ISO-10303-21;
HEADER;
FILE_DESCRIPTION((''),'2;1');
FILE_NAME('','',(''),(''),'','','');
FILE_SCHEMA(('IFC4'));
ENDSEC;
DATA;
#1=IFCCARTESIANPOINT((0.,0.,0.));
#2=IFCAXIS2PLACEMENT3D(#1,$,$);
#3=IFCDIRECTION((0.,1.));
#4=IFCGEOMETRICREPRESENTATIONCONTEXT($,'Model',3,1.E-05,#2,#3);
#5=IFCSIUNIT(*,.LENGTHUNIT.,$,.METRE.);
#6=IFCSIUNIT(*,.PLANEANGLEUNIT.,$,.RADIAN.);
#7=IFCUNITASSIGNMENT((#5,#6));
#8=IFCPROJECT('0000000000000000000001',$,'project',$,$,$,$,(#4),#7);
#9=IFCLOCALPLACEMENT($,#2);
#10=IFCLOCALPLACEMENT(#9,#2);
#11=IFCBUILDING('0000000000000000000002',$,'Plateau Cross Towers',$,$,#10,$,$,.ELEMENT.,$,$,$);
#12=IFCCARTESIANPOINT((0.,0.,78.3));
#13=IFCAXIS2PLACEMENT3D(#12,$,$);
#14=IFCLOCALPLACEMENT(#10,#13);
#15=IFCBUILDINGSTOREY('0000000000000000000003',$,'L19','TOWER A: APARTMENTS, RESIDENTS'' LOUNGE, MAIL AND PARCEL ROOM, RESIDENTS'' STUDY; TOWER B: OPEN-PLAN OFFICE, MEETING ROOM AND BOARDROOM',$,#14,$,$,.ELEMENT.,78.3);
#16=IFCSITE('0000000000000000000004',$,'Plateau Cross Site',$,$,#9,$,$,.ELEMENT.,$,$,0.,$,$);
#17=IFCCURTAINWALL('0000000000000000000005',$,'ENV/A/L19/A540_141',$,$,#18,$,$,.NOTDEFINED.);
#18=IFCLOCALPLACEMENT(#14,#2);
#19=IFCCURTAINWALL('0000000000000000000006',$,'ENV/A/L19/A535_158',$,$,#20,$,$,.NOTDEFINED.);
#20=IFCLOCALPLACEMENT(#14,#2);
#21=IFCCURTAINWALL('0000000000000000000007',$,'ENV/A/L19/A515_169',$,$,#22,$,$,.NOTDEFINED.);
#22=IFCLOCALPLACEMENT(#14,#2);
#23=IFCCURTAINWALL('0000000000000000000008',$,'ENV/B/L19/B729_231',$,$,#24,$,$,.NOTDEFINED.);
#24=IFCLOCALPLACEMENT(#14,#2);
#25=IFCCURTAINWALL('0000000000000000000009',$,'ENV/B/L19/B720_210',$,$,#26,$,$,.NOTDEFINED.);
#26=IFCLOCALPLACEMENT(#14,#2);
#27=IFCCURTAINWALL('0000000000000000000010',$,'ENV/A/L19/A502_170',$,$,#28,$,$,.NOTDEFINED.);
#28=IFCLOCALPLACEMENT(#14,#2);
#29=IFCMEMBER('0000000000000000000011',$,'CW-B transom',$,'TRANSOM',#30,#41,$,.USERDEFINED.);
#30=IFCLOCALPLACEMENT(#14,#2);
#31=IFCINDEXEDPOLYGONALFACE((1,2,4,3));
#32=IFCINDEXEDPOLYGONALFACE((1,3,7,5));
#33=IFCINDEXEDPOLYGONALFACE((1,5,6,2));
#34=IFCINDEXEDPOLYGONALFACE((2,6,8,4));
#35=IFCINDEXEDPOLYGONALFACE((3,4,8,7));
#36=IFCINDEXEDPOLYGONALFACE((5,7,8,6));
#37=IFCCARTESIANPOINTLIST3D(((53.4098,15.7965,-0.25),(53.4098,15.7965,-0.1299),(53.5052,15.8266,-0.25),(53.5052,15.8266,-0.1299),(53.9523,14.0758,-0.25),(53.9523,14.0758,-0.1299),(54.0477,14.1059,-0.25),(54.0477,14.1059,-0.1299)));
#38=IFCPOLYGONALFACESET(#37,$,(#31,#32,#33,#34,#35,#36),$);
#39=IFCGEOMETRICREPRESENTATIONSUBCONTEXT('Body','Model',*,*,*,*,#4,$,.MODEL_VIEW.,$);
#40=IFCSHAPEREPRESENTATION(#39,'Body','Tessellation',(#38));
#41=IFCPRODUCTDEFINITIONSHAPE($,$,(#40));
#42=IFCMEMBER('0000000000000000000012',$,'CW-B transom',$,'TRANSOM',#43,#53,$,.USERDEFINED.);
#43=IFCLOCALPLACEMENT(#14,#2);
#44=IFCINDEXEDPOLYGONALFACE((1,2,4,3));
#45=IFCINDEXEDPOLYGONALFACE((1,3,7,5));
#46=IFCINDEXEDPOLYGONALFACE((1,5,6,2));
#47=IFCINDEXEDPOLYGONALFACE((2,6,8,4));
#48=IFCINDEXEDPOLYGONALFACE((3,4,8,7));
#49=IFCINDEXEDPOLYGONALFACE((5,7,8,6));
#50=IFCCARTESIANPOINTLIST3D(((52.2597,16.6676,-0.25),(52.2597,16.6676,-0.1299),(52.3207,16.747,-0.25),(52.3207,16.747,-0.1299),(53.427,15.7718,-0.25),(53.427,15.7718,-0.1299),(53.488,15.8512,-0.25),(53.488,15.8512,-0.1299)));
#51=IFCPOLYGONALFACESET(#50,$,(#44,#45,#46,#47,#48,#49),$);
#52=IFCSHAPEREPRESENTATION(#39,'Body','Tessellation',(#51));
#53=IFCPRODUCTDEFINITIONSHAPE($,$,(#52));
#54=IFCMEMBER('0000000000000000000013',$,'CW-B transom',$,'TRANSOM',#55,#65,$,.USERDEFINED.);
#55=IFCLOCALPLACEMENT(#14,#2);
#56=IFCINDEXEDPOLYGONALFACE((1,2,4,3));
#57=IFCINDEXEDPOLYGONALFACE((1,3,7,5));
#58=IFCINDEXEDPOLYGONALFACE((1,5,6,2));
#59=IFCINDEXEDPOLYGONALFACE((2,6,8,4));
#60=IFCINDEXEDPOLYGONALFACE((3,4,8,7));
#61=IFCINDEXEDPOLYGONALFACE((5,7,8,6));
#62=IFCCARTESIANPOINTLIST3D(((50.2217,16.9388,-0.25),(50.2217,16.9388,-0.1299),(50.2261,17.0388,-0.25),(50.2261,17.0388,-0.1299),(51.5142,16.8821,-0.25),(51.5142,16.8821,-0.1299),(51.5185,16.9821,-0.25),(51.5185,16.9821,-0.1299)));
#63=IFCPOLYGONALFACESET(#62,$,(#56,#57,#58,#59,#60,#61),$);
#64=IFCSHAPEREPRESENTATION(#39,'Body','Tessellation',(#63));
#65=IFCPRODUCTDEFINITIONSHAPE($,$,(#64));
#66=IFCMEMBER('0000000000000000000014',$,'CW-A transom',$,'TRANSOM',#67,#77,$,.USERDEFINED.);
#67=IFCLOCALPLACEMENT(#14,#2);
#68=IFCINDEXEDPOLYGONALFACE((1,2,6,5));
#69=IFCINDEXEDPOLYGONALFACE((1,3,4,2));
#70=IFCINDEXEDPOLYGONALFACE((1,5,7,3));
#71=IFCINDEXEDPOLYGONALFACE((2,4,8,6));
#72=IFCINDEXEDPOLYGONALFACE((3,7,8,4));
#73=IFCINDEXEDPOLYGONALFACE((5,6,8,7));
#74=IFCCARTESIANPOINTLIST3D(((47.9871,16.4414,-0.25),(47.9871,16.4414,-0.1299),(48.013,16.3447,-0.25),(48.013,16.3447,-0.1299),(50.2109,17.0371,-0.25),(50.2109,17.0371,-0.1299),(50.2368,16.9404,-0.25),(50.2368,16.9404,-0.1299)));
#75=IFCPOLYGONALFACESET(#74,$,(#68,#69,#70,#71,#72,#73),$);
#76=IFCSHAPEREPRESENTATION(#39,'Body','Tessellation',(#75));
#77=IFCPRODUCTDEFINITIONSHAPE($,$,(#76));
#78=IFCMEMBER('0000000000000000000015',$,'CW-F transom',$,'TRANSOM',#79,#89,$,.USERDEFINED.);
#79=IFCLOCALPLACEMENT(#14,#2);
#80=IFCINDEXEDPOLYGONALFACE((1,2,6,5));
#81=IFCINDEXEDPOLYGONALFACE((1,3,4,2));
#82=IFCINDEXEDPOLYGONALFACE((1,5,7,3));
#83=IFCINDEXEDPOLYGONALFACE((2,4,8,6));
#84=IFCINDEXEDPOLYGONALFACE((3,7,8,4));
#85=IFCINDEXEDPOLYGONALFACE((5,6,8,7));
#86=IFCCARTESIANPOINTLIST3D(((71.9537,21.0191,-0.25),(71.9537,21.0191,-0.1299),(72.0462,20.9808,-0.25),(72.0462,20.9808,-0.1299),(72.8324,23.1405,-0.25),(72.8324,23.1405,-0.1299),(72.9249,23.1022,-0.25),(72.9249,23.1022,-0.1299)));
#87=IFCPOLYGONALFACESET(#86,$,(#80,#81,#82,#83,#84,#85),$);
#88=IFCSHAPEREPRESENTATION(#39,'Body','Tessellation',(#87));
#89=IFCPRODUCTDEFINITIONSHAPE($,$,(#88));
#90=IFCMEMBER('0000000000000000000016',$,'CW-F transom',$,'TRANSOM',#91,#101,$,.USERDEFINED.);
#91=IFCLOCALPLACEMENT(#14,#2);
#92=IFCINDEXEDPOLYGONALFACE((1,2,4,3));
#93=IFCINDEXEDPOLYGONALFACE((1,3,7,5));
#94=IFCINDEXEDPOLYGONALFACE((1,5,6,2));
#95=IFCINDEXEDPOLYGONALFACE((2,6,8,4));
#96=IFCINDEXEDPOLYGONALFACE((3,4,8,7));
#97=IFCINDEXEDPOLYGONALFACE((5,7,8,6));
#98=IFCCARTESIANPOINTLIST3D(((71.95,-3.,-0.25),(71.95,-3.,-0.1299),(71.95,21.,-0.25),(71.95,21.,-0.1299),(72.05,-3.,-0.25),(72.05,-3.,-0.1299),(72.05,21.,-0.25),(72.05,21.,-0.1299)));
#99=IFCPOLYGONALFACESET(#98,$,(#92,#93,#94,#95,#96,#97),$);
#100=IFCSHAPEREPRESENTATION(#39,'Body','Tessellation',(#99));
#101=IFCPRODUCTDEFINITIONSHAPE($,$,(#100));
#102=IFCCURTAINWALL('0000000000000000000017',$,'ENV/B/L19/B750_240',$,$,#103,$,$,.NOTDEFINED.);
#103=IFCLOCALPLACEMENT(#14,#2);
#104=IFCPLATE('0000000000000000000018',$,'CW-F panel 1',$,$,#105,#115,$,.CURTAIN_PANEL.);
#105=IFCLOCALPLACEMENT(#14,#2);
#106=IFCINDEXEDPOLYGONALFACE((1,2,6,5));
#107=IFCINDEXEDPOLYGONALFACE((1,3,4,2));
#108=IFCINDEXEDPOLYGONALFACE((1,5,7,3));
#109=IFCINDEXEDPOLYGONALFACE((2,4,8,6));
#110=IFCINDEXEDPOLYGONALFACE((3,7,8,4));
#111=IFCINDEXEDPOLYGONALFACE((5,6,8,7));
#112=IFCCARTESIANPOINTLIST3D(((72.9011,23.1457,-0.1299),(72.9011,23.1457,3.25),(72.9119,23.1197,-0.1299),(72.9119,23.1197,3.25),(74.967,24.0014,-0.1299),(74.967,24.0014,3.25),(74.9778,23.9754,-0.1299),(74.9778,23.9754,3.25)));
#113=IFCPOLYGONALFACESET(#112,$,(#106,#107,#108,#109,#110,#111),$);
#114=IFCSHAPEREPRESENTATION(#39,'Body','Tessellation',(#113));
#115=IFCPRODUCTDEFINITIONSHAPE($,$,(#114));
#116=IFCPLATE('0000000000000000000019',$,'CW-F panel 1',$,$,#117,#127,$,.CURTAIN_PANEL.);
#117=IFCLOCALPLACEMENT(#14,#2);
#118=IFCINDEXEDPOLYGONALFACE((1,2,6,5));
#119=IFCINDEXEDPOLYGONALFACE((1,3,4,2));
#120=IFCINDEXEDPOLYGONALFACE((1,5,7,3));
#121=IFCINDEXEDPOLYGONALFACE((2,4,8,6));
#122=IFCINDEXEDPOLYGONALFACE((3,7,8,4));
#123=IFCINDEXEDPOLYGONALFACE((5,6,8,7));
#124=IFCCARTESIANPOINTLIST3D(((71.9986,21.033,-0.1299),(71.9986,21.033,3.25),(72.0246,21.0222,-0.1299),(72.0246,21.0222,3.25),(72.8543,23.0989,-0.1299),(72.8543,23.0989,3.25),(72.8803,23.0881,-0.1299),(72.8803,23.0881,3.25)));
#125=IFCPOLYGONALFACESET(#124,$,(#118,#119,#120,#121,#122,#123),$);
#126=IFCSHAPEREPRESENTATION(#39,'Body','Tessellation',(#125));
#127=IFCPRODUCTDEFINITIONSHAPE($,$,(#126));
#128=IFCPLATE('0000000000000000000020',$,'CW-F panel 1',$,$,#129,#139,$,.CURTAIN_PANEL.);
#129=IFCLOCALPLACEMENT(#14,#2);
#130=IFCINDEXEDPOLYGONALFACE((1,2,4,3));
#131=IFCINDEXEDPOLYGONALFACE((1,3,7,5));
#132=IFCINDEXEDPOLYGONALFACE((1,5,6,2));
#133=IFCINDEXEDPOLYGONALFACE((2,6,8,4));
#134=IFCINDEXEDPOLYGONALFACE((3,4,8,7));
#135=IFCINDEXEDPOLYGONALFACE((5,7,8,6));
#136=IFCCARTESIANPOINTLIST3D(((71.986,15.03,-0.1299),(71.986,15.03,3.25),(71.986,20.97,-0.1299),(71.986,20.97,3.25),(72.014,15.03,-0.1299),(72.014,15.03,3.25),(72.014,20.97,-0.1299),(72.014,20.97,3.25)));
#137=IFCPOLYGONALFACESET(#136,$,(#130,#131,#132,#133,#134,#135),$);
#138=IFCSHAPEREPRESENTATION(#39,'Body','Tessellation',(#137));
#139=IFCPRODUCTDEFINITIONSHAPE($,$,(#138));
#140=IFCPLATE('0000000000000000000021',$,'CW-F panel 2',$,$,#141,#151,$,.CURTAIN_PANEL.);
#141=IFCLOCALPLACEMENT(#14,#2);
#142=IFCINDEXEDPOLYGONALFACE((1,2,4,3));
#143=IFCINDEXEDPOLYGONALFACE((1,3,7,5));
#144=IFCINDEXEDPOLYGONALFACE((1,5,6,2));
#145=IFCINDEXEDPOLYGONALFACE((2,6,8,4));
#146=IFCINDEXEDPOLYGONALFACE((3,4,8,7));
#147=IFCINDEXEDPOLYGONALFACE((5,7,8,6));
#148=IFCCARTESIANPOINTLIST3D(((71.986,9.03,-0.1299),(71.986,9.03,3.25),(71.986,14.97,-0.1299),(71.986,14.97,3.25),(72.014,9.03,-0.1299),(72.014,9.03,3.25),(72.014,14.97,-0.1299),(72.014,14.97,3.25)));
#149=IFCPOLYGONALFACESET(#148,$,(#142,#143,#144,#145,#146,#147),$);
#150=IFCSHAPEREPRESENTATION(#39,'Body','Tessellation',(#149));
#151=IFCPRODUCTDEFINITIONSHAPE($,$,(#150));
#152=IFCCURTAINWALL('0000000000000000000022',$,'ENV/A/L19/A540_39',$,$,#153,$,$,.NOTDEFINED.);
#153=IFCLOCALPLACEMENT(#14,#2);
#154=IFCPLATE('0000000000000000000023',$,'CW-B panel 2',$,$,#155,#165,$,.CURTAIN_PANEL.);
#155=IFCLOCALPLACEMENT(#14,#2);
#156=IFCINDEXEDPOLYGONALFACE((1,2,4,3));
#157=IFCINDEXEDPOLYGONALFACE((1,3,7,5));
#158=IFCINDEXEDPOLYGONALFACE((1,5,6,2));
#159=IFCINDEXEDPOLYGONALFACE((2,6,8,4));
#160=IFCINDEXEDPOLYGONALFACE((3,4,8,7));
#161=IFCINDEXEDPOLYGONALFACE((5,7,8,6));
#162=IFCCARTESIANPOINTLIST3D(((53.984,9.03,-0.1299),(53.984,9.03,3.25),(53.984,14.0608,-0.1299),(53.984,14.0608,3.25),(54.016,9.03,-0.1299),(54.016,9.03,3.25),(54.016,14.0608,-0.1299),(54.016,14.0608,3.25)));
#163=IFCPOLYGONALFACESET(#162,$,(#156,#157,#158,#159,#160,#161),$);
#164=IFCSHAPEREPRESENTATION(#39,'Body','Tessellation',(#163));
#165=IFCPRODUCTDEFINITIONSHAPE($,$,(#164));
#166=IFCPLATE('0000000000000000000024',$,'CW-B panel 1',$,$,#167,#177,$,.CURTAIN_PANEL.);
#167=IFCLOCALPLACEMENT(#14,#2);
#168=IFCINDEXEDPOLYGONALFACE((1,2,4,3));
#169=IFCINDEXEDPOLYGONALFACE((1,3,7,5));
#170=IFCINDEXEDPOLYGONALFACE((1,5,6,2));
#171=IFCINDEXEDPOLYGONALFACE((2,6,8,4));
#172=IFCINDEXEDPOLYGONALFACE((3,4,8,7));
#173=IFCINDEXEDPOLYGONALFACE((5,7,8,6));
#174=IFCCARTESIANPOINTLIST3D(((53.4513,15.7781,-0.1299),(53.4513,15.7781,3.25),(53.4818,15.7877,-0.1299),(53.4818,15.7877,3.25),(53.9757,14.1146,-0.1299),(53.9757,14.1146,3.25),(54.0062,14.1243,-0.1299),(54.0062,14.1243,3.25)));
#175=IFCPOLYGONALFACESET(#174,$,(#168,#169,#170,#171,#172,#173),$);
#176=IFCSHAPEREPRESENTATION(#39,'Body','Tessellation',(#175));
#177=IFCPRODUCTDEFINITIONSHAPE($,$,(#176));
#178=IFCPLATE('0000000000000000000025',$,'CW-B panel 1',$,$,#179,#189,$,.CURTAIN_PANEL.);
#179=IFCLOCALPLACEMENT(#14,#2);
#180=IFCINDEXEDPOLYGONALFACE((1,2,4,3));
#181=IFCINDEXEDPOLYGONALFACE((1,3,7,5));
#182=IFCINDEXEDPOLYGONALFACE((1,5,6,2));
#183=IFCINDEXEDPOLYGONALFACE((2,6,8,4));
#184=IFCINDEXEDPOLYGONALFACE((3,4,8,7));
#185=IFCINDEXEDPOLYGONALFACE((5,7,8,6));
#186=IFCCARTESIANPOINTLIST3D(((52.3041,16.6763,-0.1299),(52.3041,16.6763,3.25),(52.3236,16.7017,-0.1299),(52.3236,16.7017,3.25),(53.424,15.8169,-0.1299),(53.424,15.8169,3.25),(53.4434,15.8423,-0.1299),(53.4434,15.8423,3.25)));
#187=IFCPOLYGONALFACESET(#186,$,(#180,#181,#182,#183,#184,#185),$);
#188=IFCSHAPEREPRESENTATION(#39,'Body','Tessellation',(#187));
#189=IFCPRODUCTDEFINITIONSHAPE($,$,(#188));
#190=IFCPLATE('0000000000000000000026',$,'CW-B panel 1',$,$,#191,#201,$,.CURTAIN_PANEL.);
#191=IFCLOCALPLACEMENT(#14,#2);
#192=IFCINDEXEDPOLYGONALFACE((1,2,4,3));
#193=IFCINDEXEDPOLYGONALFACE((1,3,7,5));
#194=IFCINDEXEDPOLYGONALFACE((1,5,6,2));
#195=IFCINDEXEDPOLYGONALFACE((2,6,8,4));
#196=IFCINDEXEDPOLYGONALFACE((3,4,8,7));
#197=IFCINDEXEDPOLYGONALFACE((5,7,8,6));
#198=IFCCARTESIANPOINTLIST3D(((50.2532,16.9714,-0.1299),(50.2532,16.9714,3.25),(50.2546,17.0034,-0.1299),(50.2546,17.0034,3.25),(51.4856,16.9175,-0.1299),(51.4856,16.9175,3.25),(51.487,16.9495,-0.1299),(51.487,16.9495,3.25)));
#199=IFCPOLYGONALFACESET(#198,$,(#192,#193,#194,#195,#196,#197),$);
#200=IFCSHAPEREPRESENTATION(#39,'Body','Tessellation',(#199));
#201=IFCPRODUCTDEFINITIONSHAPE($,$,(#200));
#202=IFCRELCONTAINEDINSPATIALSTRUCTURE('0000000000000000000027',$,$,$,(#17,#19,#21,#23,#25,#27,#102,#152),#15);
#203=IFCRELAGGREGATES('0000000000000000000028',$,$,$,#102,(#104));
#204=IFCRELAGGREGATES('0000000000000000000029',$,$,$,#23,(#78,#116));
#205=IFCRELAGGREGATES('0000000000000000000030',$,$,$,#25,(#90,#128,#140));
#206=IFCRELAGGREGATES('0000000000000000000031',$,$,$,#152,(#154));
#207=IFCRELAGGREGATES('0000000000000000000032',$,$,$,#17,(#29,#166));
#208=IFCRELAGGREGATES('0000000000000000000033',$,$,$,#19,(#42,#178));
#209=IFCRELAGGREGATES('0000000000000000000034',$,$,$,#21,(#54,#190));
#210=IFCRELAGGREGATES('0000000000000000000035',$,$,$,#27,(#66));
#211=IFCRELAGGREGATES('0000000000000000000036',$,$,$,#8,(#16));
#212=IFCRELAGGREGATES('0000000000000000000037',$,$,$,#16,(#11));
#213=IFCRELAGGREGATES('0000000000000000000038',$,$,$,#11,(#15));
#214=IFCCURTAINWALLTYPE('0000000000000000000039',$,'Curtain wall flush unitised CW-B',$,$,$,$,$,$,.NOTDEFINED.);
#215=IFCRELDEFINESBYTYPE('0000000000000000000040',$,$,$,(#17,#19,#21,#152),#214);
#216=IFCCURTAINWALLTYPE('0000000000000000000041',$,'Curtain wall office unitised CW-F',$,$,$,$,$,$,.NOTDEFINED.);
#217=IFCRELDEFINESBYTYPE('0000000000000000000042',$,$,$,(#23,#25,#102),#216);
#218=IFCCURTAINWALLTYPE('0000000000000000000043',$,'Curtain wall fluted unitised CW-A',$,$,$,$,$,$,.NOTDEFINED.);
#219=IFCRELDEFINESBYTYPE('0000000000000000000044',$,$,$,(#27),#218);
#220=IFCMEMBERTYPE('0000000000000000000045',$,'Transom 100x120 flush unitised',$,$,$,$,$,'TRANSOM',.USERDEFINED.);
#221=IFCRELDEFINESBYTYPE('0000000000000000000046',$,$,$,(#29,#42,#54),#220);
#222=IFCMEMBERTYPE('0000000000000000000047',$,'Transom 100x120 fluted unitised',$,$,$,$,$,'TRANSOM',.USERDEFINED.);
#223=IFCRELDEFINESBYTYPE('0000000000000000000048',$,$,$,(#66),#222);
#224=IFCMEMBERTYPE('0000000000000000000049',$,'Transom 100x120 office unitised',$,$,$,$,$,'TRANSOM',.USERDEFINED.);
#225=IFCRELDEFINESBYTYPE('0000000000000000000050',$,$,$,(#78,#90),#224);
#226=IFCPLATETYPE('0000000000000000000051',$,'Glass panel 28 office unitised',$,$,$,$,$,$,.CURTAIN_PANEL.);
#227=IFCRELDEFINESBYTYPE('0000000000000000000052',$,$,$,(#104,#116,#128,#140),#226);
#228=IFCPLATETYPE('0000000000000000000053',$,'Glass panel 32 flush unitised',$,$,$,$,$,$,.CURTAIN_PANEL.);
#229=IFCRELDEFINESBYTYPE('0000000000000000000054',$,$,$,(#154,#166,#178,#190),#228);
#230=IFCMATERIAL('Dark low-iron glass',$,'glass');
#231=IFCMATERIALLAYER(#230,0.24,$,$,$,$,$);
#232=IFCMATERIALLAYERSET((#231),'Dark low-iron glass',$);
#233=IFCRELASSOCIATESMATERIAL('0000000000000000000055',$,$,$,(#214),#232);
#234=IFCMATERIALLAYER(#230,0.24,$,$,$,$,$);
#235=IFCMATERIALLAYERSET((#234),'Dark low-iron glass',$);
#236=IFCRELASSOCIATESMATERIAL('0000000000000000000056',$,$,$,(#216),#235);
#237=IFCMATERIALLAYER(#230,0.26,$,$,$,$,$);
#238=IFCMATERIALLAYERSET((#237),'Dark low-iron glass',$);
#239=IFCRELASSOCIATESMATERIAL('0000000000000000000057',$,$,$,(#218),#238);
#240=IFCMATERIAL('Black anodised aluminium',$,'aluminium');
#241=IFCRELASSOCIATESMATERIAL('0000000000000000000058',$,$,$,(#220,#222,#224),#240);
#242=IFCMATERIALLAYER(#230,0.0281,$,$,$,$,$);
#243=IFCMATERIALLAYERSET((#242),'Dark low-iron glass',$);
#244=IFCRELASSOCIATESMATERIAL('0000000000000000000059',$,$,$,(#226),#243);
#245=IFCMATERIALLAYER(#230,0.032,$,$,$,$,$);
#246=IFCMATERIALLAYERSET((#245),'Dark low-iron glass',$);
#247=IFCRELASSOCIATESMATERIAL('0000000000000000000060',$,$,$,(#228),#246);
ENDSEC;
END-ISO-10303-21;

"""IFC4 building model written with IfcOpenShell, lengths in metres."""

from ifc_helpers import new_model, si_unit, direction, frame, origin, origin_2d, place, context, subcontext, project, spatial, rectangle, extrude, material, layer, layer_set, material_profile, profile_set, type_object, element, aggregate, save


model = new_model("IFC4")

# Units and contexts
model_context = context("Model", 3, precision=1e-05, world=origin(), true_north=direction((0.0, 1.0)))
body_context = subcontext(model_context, "Body", "Model", "MODEL_VIEW")
ifc_project = project(units=[si_unit("LENGTHUNIT", "METRE"), si_unit("PLANEANGLEUNIT", "RADIAN")], contexts=[model_context])

# Site, building, storey
site_placement = place(None, origin())
site = spatial("IfcSite", under=ifc_project, at=site_placement, Name="Plateau Cross Site", CompositionType="ELEMENT", RefElevation=0.0)
building_placement = place(site_placement, origin())
building = spatial("IfcBuilding", under=site, at=building_placement, Name="Plateau Cross Towers", CompositionType="ELEMENT")
storey_placement = place(building_placement, frame((0.0, 0.0, 78.3)))
storey = spatial("IfcBuildingStorey", under=building, at=storey_placement, Name="L19", Description="TOWER A: APARTMENTS, RESIDENTS' LOUNGE, MAIL AND PARCEL ROOM, RESIDENTS' STUDY; TOWER B: OPEN-PLAN OFFICE, MEETING ROOM AND BOARDROOM", CompositionType="ELEMENT", Elevation=78.3)

# Curtain wall
ifc_material_1 = material(Name="Dark low-iron glass", Category="glass")
ifc_layer_1 = layer(ifc_material_1, 0.24)
ifc_layer_set_1 = layer_set([ifc_layer_1], Name="Dark low-iron glass")
curtain_wall_type_1 = type_object("IfcCurtainWallType", Name="Curtain wall flush unitised CW-B", PredefinedType="NOTDEFINED", material=ifc_layer_set_1)
curtain_wall_1_placement = place(storey_placement, origin())
curtain_wall_1 = element("IfcCurtainWall", 1, at=curtain_wall_1_placement, inside=storey, type_object=curtain_wall_type_1, Name="ENV/A/L19/A540_141", PredefinedType="NOTDEFINED")
ifc_material_2 = material(Name="Black anodised aluminium", Category="aluminium")

# Curtain wall
curtain_wall_2_placement = place(storey_placement, origin())
curtain_wall_2 = element("IfcCurtainWall", 2, at=curtain_wall_2_placement, inside=storey, type_object=curtain_wall_type_1, Name="ENV/A/L19/A535_158", PredefinedType="NOTDEFINED")

# Curtain walls
curtain_wall_3_placement = place(storey_placement, origin())
curtain_wall_3 = element("IfcCurtainWall", 3, at=curtain_wall_3_placement, inside=storey, type_object=curtain_wall_type_1, Name="ENV/A/L19/A515_169", PredefinedType="NOTDEFINED")
ifc_layer_2 = layer(ifc_material_1, 0.24)
ifc_layer_set_2 = layer_set([ifc_layer_2], Name="Dark low-iron glass")
curtain_wall_type_2 = type_object("IfcCurtainWallType", Name="Curtain wall office unitised CW-F", PredefinedType="NOTDEFINED", material=ifc_layer_set_2)
curtain_wall_4_placement = place(storey_placement, origin())
curtain_wall_4 = element("IfcCurtainWall", 4, at=curtain_wall_4_placement, inside=storey, type_object=curtain_wall_type_2, Name="ENV/B/L19/B729_231", PredefinedType="NOTDEFINED")

# Curtain wall
curtain_wall_5_placement = place(storey_placement, origin())
curtain_wall_5 = element("IfcCurtainWall", 5, at=curtain_wall_5_placement, inside=storey, type_object=curtain_wall_type_2, Name="ENV/B/L19/B720_210", PredefinedType="NOTDEFINED")

# Curtain wall
ifc_layer_3 = layer(ifc_material_1, 0.26)
ifc_layer_set_3 = layer_set([ifc_layer_3], Name="Dark low-iron glass")
curtain_wall_type_3 = type_object("IfcCurtainWallType", Name="Curtain wall fluted unitised CW-A", PredefinedType="NOTDEFINED", material=ifc_layer_set_3)
curtain_wall_6_placement = place(storey_placement, origin())
curtain_wall_6 = element("IfcCurtainWall", 6, at=curtain_wall_6_placement, inside=storey, type_object=curtain_wall_type_3, Name="ENV/A/L19/A502_170", PredefinedType="NOTDEFINED")

# Members
ifc_material_profile_1 = material_profile(ifc_material_2, rectangle(XDim=0.1001, YDim=0.1201, at=origin_2d()), Name="TRANSOM 100x120")
ifc_profile_set_1 = profile_set([ifc_material_profile_1], Name="Black anodised aluminium")
member_type_1 = type_object("IfcMemberType", Name="Transom 100x120 flush unitised", ElementType="TRANSOM", PredefinedType="USERDEFINED", material=ifc_profile_set_1)
member_1_placement = place(storey_placement, frame((54.0, 14.0908, -0.1899), z_axis=(-0.300678, 0.953726, 0.0), x_axis=(-0.953726, -0.300678, 0.0)))
member_1 = element("IfcMember", 7, at=member_1_placement, type_object=member_type_1, Name="CW-B transom", ObjectType="TRANSOM", PredefinedType="USERDEFINED", context=body_context, shape_type="SweptSolid", body=[
    extrude(rectangle(XDim=0.1001, YDim=0.1201, at=origin_2d()), origin(), (0.0, 0.0, 1.0), 1.8042),
])
member_2_placement = place(storey_placement, frame((53.4575, 15.8115, -0.1899), z_axis=(-0.793321, 0.608804, 0.0), x_axis=(-0.608804, -0.793321, 0.0)))
member_2 = element("IfcMember", 8, at=member_2_placement, type_object=member_type_1, Name="CW-B transom", ObjectType="TRANSOM", PredefinedType="USERDEFINED", context=body_context, shape_type="SweptSolid", body=[
    extrude(rectangle(XDim=0.1001, YDim=0.1201, at=origin_2d()), origin(), (0.0, 0.0, 1.0), 1.4714),
])
member_3_placement = place(storey_placement, frame((51.5164, 16.9321, -0.1899), z_axis=(-0.999041, 0.043781, 0.0), x_axis=(-0.043781, -0.999041, 0.0)))
member_3 = element("IfcMember", 9, at=member_3_placement, type_object=member_type_1, Name="CW-B transom", ObjectType="TRANSOM", PredefinedType="USERDEFINED", context=body_context, shape_type="SweptSolid", body=[
    extrude(rectangle(XDim=0.1001, YDim=0.1201, at=origin_2d()), origin(), (0.0, 0.0, 1.0), 1.2937),
])
ifc_material_profile_2 = material_profile(ifc_material_2, rectangle(XDim=0.1001, YDim=0.1201, at=origin_2d()), Name="TRANSOM 100x120")
ifc_profile_set_2 = profile_set([ifc_material_profile_2], Name="Black anodised aluminium")
member_type_2 = type_object("IfcMemberType", Name="Transom 100x120 fluted unitised", ElementType="TRANSOM", PredefinedType="USERDEFINED", material=ifc_profile_set_2)
member_4_placement = place(storey_placement, frame((50.2239, 16.9888, -0.1899), z_axis=(-0.965946, -0.258745, 0.0), x_axis=(0.258745, -0.965946, 0.0)))
member_4 = element("IfcMember", 10, at=member_4_placement, type_object=member_type_2, Name="CW-A transom", ObjectType="TRANSOM", PredefinedType="USERDEFINED", context=body_context, shape_type="SweptSolid", body=[
    extrude(rectangle(XDim=0.1001, YDim=0.1201, at=origin_2d()), origin(), (0.0, 0.0, 1.0), 2.3022),
])
ifc_material_profile_3 = material_profile(ifc_material_2, rectangle(XDim=0.1001, YDim=0.1201, at=origin_2d()), Name="TRANSOM 100x120")
ifc_profile_set_3 = profile_set([ifc_material_profile_3], Name="Black anodised aluminium")
member_type_3 = type_object("IfcMemberType", Name="Transom 100x120 office unitised", ElementType="TRANSOM", PredefinedType="USERDEFINED", material=ifc_profile_set_3)
member_5_placement = place(storey_placement, frame((72.8787, 23.1213, -0.1899), z_axis=(-0.382674, -0.923883, 0.0), x_axis=(0.923883, -0.382674, 0.0)))
member_5 = element("IfcMember", 11, at=member_5_placement, type_object=member_type_3, Name="CW-F transom", ObjectType="TRANSOM", PredefinedType="USERDEFINED", context=body_context, shape_type="SweptSolid", body=[
    extrude(rectangle(XDim=0.1001, YDim=0.1201, at=origin_2d()), origin(), (0.0, 0.0, 1.0), 2.2961),
])
member_6_placement = place(storey_placement, frame((72.0, 21.0, -0.1899), z_axis=(0.0, -1.0, 0.0), x_axis=(1.0, 0.0, 0.0)))
member_6 = element("IfcMember", 12, at=member_6_placement, type_object=member_type_3, Name="CW-F transom", ObjectType="TRANSOM", PredefinedType="USERDEFINED", context=body_context, shape_type="SweptSolid", body=[
    extrude(rectangle(XDim=0.1001, YDim=0.1201, at=origin_2d()), origin(), (0.0, 0.0, 1.0), 24.0),
])

# Curtain wall, plate
curtain_wall_7_placement = place(storey_placement, origin())
curtain_wall_7 = element("IfcCurtainWall", 13, at=curtain_wall_7_placement, inside=storey, type_object=curtain_wall_type_2, Name="ENV/B/L19/B750_240", PredefinedType="NOTDEFINED")
ifc_layer_4 = layer(ifc_material_1, 0.0281)
ifc_layer_set_4 = layer_set([ifc_layer_4], Name="Dark low-iron glass")
plate_type_1 = type_object("IfcPlateType", Name="Glass panel 28 office unitised", PredefinedType="CURTAIN_PANEL", material=ifc_layer_set_4)
plate_1_placement = place(storey_placement, frame((73.9395, 23.5605, -0.1299), z_axis=(0.0, 0.0, 1.0), x_axis=(-0.923879, -0.382684, 0.0)))
plate_1 = element("IfcPlate", 14, at=plate_1_placement, type_object=plate_type_1, Name="CW-F panel 1", PredefinedType="CURTAIN_PANEL", context=body_context, shape_type="SweptSolid", body=[
    extrude(rectangle(XDim=2.2361, YDim=0.0281, at=origin_2d()), origin(), (0.0, 0.0, 1.0), 3.3799),
])
aggregate(curtain_wall_7, [plate_1])

# Plates
plate_2_placement = place(storey_placement, frame((72.4395, 22.0605, -0.1299), z_axis=(0.0, 0.0, 1.0), x_axis=(-0.382684, -0.923879, 0.0)))
plate_2 = element("IfcPlate", 15, at=plate_2_placement, type_object=plate_type_1, Name="CW-F panel 1", PredefinedType="CURTAIN_PANEL", context=body_context, shape_type="SweptSolid", body=[
    extrude(rectangle(XDim=2.2361, YDim=0.0281, at=origin_2d()), origin(), (0.0, 0.0, 1.0), 3.3799),
])
aggregate(curtain_wall_4, [member_5, plate_2])
plate_3_placement = place(storey_placement, frame((72.0, 18.0, -0.1299), z_axis=(0.0, 0.0, 1.0), x_axis=(0.0, -1.0, 0.0)))
plate_3 = element("IfcPlate", 16, at=plate_3_placement, type_object=plate_type_1, Name="CW-F panel 1", PredefinedType="CURTAIN_PANEL", context=body_context, shape_type="SweptSolid", body=[
    extrude(rectangle(XDim=5.9399, YDim=0.0281, at=origin_2d()), origin(), (0.0, 0.0, 1.0), 3.3799),
])
plate_4_placement = place(storey_placement, frame((72.0, 12.0, -0.1299), z_axis=(0.0, 0.0, 1.0), x_axis=(0.0, -1.0, 0.0)))
plate_4 = element("IfcPlate", 17, at=plate_4_placement, type_object=plate_type_1, Name="CW-F panel 2", PredefinedType="CURTAIN_PANEL", context=body_context, shape_type="SweptSolid", body=[
    extrude(rectangle(XDim=5.9399, YDim=0.0281, at=origin_2d()), origin(), (0.0, 0.0, 1.0), 3.3799),
])
aggregate(curtain_wall_5, [member_6, plate_3, plate_4])

# Curtain wall, plate
curtain_wall_8_placement = place(storey_placement, origin())
curtain_wall_8 = element("IfcCurtainWall", 18, at=curtain_wall_8_placement, inside=storey, type_object=curtain_wall_type_1, Name="ENV/A/L19/A540_39", PredefinedType="NOTDEFINED")
ifc_layer_5 = layer(ifc_material_1, 0.032)
ifc_layer_set_5 = layer_set([ifc_layer_5], Name="Dark low-iron glass")
plate_type_2 = type_object("IfcPlateType", Name="Glass panel 32 flush unitised", PredefinedType="CURTAIN_PANEL", material=ifc_layer_set_5)
plate_5_placement = place(storey_placement, frame((54.0, 11.5454, -0.1299), z_axis=(0.0, 0.0, 1.0), x_axis=(0.0, 1.0, 0.0)))
plate_5 = element("IfcPlate", 19, at=plate_5_placement, type_object=plate_type_2, Name="CW-B panel 2", PredefinedType="CURTAIN_PANEL", context=body_context, shape_type="SweptSolid", body=[
    extrude(rectangle(XDim=5.0308, YDim=0.032, at=origin_2d()), origin(), (0.0, 0.0, 1.0), 3.3799),
])
aggregate(curtain_wall_8, [plate_5])

# Plates
plate_6_placement = place(storey_placement, frame((53.7288, 14.9512, -0.1299), z_axis=(0.0, 0.0, 1.0), x_axis=(-0.300686, 0.953723, 0.0)))
plate_6 = element("IfcPlate", 20, at=plate_6_placement, type_object=plate_type_2, Name="CW-B panel 1", PredefinedType="CURTAIN_PANEL", context=body_context, shape_type="SweptSolid", body=[
    extrude(rectangle(XDim=1.7441, YDim=0.032, at=origin_2d()), origin(), (0.0, 0.0, 1.0), 3.3799),
])
aggregate(curtain_wall_1, [member_1, plate_6])
plate_7_placement = place(storey_placement, frame((52.8738, 16.2593, -0.1299), z_axis=(0.0, 0.0, 1.0), x_axis=(-0.793316, 0.608811, 0.0)))
plate_7 = element("IfcPlate", 21, at=plate_7_placement, type_object=plate_type_2, Name="CW-B panel 1", PredefinedType="CURTAIN_PANEL", context=body_context, shape_type="SweptSolid", body=[
    extrude(rectangle(XDim=1.4116, YDim=0.032, at=origin_2d()), origin(), (0.0, 0.0, 1.0), 3.3799),
])
aggregate(curtain_wall_2, [member_2, plate_7])
plate_8_placement = place(storey_placement, frame((50.8701, 16.9604, -0.1299), z_axis=(0.0, 0.0, 1.0), x_axis=(-0.999044, 0.043723, 0.0)))
plate_8 = element("IfcPlate", 22, at=plate_8_placement, type_object=plate_type_2, Name="CW-B panel 1", PredefinedType="CURTAIN_PANEL", context=body_context, shape_type="SweptSolid", body=[
    extrude(rectangle(XDim=1.2336, YDim=0.032, at=origin_2d()), origin(), (0.0, 0.0, 1.0), 3.3799),
])
aggregate(curtain_wall_3, [member_3, plate_8])
aggregate(curtain_wall_6, [member_4])

save(model, "model.ifc")
